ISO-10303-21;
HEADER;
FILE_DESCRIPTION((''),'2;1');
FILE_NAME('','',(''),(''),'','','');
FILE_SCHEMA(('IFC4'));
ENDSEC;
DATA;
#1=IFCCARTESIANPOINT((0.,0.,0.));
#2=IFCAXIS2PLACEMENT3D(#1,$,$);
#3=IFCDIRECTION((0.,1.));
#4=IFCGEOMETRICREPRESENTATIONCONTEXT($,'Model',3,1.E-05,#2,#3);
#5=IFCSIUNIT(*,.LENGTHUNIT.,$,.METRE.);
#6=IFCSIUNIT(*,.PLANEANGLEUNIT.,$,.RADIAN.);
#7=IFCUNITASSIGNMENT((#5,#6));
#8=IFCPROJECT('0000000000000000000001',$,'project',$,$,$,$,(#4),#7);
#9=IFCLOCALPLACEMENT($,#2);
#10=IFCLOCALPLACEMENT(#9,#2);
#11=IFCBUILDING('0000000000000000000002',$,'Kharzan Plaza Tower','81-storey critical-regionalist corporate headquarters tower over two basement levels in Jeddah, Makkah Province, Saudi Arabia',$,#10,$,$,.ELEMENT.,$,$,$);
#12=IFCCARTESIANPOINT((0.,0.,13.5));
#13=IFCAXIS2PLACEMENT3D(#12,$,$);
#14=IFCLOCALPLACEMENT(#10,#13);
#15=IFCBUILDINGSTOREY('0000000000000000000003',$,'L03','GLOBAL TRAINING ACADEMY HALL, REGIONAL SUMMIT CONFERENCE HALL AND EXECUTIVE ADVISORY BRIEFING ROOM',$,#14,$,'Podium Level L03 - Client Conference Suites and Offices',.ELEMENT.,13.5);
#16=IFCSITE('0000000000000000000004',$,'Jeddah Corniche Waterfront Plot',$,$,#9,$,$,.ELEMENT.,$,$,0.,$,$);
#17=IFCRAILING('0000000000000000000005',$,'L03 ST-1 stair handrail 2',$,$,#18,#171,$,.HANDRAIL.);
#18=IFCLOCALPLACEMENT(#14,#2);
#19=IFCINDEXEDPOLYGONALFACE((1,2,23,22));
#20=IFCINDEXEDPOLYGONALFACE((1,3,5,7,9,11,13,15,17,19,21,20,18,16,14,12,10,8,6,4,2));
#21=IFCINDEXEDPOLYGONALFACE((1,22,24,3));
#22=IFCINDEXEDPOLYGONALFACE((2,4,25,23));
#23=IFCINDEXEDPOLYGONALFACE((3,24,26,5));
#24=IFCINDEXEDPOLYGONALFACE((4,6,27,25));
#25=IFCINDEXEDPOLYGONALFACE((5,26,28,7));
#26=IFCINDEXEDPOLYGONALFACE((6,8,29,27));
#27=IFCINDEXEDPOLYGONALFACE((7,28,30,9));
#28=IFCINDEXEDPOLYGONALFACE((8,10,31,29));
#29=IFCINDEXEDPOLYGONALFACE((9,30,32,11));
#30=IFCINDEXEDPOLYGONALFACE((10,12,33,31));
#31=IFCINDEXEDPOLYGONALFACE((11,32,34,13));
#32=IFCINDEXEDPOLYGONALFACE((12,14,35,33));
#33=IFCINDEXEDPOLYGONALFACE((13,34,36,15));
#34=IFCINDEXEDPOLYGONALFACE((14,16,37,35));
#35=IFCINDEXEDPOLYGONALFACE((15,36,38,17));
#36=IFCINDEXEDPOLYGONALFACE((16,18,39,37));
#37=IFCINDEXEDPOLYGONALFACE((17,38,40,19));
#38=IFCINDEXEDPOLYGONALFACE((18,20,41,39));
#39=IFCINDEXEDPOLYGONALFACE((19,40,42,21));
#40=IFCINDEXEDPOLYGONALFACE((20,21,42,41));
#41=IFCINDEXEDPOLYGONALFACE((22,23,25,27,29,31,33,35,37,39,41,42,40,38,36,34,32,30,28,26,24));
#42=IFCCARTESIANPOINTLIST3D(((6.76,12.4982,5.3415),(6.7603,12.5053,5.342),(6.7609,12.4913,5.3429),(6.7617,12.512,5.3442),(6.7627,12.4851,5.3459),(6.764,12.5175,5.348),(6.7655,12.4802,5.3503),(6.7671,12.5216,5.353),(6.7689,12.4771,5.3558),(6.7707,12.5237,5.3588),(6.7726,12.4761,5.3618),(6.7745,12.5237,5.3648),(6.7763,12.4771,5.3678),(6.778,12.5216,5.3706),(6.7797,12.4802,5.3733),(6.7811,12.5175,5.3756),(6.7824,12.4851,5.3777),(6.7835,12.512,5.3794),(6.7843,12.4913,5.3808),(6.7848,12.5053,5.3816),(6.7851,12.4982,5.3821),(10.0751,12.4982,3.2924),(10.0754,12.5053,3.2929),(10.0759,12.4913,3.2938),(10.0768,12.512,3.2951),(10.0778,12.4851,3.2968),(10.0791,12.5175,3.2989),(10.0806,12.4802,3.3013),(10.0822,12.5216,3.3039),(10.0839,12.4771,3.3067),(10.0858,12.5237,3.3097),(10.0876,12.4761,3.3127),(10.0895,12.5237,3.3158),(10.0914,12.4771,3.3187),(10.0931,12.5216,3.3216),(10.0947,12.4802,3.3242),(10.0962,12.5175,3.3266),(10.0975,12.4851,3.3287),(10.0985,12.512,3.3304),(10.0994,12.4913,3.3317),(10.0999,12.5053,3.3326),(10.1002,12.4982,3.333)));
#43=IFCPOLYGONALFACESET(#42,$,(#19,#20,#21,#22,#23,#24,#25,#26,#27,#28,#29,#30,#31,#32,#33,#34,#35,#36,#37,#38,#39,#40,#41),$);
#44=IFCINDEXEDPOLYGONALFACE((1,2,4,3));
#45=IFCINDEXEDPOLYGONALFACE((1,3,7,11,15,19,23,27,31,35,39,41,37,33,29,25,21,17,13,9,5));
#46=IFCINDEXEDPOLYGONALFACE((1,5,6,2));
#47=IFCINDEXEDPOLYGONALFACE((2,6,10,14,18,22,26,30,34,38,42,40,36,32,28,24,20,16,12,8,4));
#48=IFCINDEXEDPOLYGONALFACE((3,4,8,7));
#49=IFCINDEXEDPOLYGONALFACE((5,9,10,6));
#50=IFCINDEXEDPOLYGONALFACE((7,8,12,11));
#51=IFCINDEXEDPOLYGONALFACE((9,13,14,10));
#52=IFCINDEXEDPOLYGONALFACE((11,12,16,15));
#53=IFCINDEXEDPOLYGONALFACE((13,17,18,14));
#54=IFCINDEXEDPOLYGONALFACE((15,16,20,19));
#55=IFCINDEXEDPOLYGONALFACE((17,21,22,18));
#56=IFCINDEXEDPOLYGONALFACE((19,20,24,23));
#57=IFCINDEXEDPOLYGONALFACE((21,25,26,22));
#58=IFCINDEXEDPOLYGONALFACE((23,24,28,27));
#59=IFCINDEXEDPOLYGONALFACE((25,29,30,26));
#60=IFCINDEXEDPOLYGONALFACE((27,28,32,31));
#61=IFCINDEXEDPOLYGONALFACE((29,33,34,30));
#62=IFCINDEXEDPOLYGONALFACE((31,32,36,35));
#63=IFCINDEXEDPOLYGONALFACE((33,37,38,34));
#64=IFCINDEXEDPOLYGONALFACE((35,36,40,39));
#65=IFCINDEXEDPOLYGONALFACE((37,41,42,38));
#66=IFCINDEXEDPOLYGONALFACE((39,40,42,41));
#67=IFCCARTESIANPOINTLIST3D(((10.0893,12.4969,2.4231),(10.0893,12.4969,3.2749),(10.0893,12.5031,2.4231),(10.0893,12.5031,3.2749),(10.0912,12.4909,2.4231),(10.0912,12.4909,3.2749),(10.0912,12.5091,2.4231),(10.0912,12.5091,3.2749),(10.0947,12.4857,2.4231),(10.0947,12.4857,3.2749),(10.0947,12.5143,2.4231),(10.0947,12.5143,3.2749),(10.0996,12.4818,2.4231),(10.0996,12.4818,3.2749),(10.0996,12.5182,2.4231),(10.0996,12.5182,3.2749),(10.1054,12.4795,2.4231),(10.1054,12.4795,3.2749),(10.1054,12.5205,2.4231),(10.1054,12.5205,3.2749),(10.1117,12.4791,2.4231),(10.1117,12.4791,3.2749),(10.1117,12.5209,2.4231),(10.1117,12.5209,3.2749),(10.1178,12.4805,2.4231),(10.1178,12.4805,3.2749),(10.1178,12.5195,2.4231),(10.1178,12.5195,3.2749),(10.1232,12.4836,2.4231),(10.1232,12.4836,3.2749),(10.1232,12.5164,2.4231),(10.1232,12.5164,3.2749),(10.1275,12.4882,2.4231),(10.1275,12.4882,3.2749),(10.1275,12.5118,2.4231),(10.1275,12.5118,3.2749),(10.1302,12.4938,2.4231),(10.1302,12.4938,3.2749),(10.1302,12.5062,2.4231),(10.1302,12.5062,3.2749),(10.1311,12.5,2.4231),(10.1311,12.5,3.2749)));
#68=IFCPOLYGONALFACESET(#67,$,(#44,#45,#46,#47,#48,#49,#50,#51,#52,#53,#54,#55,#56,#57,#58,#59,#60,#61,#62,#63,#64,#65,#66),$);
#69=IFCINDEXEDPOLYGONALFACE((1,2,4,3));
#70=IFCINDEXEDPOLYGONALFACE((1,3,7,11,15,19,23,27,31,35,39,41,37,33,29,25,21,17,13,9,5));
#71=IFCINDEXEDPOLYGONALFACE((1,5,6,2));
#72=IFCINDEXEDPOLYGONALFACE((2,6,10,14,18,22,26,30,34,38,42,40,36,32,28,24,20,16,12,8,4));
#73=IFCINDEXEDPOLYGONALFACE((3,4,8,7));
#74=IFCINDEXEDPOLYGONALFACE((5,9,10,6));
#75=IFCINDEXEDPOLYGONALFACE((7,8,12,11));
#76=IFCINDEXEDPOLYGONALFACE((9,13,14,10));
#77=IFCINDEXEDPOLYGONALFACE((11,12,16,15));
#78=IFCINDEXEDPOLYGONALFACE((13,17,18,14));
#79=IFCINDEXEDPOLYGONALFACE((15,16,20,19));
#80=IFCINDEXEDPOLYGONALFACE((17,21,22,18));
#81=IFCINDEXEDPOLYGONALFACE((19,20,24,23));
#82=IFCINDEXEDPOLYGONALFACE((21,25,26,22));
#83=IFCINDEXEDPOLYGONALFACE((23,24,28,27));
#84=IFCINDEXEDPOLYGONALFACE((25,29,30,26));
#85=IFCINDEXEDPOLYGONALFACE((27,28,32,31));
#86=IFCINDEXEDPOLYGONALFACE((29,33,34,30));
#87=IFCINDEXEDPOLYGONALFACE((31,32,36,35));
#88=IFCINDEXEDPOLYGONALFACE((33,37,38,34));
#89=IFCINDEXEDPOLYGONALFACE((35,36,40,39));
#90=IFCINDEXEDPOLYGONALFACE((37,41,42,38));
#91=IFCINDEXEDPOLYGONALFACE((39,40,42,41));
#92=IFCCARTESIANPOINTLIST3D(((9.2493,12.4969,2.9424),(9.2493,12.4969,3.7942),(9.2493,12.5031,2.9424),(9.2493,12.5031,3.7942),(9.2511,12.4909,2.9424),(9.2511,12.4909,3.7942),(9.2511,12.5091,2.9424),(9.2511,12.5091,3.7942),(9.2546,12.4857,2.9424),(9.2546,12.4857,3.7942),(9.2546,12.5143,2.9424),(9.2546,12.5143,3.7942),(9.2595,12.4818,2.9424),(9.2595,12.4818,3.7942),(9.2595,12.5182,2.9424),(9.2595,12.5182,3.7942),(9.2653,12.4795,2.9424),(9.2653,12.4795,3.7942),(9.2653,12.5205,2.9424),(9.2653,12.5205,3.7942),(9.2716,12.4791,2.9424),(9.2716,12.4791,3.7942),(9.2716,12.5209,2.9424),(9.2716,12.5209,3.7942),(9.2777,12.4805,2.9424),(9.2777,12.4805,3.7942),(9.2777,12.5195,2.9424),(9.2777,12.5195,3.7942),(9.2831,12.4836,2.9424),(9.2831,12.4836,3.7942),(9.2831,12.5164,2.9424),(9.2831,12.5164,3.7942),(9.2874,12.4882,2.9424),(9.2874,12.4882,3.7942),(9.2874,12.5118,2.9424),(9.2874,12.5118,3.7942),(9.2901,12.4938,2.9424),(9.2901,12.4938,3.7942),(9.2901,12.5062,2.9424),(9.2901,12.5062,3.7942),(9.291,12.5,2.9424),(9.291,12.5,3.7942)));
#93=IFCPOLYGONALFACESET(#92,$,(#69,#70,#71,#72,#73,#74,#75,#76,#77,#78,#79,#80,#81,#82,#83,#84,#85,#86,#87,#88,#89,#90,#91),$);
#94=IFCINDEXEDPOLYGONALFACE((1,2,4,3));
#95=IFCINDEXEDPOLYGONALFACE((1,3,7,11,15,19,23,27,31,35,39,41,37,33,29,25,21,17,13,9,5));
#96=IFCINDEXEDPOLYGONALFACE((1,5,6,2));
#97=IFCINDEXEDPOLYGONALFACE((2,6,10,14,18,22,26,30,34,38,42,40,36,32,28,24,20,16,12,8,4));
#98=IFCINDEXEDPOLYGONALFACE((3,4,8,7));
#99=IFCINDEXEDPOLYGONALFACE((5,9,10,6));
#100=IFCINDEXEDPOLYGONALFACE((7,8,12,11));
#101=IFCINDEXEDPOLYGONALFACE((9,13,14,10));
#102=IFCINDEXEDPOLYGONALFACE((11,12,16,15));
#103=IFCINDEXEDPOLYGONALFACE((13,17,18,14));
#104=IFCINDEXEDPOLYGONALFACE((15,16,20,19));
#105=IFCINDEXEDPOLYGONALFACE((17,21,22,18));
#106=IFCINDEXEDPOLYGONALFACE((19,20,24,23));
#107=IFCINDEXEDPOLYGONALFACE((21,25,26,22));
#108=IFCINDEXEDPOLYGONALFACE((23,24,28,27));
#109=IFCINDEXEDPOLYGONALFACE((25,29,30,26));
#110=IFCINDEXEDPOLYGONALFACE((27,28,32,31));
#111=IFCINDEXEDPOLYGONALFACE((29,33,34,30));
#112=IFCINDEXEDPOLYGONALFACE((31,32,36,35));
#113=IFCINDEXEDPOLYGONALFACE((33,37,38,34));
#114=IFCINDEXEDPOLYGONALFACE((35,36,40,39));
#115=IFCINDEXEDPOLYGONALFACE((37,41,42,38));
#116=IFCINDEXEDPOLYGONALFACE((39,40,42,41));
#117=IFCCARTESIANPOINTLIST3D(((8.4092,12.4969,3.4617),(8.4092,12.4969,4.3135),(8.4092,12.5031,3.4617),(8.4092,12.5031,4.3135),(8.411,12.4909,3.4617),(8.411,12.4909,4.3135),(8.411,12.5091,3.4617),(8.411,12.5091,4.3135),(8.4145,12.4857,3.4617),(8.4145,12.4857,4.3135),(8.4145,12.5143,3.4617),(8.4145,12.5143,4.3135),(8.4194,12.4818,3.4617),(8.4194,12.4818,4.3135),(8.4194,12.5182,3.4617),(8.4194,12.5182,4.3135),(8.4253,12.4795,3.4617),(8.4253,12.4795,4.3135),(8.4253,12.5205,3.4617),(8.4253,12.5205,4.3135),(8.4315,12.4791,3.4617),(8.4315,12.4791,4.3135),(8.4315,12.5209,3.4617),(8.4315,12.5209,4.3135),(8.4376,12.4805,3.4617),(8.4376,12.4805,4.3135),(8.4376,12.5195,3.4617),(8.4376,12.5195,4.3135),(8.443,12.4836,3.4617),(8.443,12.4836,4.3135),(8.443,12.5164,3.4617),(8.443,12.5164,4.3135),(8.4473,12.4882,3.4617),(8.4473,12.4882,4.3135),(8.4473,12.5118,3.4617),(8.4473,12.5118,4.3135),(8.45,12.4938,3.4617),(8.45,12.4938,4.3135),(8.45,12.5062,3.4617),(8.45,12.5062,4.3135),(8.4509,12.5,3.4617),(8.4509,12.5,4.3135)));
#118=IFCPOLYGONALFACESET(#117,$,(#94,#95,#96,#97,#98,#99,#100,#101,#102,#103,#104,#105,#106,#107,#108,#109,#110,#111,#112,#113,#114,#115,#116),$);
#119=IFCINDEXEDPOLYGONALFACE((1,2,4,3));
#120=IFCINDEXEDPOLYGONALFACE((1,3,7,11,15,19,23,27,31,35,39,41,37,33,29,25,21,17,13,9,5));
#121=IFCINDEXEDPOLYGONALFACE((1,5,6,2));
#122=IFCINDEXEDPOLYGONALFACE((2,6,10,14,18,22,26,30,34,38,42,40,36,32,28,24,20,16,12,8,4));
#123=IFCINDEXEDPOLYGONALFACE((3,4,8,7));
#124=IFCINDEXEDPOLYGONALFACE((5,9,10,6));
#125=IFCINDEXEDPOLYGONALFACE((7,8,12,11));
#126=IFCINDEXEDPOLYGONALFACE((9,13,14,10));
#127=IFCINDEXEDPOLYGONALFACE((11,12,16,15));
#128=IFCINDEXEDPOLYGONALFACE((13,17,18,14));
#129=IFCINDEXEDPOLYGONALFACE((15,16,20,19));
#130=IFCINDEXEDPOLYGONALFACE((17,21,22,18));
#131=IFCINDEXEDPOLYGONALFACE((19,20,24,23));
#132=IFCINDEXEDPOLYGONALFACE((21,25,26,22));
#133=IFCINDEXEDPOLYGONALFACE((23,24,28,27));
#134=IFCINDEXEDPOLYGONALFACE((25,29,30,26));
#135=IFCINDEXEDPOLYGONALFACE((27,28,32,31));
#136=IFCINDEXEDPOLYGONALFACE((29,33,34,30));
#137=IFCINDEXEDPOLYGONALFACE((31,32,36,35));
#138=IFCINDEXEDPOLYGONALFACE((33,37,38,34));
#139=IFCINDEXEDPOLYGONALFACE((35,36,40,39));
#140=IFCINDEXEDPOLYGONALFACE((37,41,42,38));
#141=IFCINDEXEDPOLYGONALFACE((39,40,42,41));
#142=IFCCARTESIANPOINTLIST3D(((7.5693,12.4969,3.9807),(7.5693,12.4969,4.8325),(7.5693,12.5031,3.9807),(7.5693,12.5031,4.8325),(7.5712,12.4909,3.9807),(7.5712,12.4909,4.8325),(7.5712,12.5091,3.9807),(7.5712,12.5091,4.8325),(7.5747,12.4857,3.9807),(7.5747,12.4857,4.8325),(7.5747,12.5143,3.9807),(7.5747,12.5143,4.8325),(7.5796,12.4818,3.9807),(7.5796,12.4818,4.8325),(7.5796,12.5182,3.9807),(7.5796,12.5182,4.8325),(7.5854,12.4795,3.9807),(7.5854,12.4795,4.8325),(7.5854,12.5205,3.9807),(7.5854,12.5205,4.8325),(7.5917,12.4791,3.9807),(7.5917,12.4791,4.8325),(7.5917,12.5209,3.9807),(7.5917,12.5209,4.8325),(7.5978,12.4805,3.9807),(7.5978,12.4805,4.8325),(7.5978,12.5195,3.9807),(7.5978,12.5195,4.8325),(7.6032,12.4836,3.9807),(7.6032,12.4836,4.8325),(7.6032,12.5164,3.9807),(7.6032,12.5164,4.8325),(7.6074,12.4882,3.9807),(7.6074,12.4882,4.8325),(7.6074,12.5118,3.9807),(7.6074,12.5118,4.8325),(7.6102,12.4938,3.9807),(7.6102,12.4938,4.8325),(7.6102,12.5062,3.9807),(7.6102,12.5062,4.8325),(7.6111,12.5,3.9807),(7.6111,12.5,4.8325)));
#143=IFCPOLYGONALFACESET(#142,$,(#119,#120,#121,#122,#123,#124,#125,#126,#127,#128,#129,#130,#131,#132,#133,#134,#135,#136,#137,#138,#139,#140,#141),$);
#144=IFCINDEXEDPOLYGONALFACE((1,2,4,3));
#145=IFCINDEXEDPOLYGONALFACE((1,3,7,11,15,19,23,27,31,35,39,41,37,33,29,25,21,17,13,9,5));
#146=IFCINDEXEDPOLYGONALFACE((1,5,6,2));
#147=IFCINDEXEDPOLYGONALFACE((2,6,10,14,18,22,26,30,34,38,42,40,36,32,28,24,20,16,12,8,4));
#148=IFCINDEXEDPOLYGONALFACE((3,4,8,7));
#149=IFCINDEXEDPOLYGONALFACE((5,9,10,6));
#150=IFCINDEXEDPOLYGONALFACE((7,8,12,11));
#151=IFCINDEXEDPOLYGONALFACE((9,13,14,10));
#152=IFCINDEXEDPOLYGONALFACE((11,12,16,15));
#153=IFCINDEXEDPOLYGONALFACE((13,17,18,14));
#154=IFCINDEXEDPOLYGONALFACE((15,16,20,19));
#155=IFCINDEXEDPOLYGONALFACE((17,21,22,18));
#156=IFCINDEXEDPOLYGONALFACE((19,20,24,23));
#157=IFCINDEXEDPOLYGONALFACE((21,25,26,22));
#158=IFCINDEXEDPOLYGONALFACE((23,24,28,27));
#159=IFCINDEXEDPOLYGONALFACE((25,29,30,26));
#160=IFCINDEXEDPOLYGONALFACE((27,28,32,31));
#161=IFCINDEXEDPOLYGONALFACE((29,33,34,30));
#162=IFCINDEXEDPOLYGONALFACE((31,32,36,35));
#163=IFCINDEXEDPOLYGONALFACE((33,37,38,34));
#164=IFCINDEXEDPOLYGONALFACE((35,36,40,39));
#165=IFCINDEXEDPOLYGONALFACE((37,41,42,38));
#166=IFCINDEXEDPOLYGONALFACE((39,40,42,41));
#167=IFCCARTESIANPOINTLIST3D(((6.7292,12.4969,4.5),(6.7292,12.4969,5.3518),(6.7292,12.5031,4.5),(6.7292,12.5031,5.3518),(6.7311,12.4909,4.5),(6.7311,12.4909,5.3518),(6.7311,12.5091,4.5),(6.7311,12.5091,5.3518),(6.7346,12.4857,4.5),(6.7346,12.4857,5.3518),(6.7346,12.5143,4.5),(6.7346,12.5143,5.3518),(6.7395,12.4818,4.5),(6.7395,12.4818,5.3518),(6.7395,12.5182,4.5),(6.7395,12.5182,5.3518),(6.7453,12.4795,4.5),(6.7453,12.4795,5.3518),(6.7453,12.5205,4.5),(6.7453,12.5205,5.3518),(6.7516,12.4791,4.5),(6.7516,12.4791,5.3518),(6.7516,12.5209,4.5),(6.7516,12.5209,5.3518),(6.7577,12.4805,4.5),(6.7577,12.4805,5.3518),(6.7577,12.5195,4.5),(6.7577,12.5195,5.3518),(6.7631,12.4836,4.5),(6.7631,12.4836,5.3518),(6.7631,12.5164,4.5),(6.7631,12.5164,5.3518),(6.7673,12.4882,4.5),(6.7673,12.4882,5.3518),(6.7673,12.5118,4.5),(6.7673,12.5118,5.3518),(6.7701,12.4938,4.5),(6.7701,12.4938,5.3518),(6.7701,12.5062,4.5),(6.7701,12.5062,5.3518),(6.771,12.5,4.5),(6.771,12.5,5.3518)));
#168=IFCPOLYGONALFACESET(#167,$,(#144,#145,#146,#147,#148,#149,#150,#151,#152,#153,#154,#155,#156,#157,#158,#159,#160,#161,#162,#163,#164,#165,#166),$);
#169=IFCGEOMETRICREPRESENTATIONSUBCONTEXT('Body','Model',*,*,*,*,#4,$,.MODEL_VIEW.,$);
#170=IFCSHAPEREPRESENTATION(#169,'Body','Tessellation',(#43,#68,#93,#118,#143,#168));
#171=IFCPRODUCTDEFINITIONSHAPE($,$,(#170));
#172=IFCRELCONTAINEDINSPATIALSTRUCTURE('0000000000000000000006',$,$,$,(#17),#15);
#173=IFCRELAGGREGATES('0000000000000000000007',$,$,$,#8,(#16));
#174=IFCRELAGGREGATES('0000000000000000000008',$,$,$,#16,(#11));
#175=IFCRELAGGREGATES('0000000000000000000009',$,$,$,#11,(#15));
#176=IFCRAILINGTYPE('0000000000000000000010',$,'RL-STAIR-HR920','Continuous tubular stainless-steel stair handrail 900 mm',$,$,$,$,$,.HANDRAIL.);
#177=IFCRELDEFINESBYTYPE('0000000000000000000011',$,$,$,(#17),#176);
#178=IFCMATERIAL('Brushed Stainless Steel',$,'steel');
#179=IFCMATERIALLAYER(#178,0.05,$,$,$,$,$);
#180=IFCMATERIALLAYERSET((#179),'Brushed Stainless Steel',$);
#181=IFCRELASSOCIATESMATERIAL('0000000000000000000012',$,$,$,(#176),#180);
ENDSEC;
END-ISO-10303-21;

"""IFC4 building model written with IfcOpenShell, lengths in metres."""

from ifc_helpers import new_model, si_unit, direction, frame, origin, origin_2d, place, context, subcontext, project, spatial, circle, extrude, source, transform, mapped, material, layer, layer_set, type_object, element, save


model = new_model("IFC4")

# Units and contexts
model_context = context("Model", 3, precision=1e-05, world=origin(), true_north=direction((0.0, 1.0)))
body_context = subcontext(model_context, "Body", "Model", "MODEL_VIEW")
ifc_project = project(units=[si_unit("LENGTHUNIT", "METRE"), si_unit("PLANEANGLEUNIT", "RADIAN")], contexts=[model_context])

# Site, building, storey
site_placement = place(None, origin())
site = spatial("IfcSite", under=ifc_project, at=site_placement, Name="Jeddah Corniche Waterfront Plot", CompositionType="ELEMENT", RefElevation=0.0)
building_placement = place(site_placement, origin())
building = spatial("IfcBuilding", under=site, at=building_placement, Name="Kharzan Plaza Tower", Description="81-storey critical-regionalist corporate headquarters tower over two basement levels in Jeddah, Makkah Province, Saudi Arabia", CompositionType="ELEMENT")
storey_placement = place(building_placement, frame((0.0, 0.0, 13.5)))
storey = spatial("IfcBuildingStorey", under=building, at=storey_placement, Name="L03", Description="GLOBAL TRAINING ACADEMY HALL, REGIONAL SUMMIT CONFERENCE HALL AND EXECUTIVE ADVISORY BRIEFING ROOM", LongName="Podium Level L03 - Client Conference Suites and Offices", CompositionType="ELEMENT", Elevation=13.5)

# Shared definitions
ifc_material_1 = material(Name="Brushed Stainless Steel", Category="steel")

# Railing
ifc_layer_1 = layer(ifc_material_1, 0.05)
ifc_layer_set_1 = layer_set([ifc_layer_1], Name="Brushed Stainless Steel")
railing_type_1 = type_object("IfcRailingType", Name="RL-STAIR-HR920", Description="Continuous tubular stainless-steel stair handrail 900 mm", PredefinedType="HANDRAIL", material=ifc_layer_set_1)
shared_shape_1 = source(origin(), body_context, "Body", "SweptSolid", [
    extrude(circle(Radius=0.0239, at=origin_2d()), frame((-0.0225, 0.0, 0.8896), z_axis=(-0.850623, 0.0, 0.525776), x_axis=(0.0, -1.0, 0.0)), (0.0, 0.0, 1.0), 3.8972),
    extrude(circle(Radius=0.021, at=origin_2d()), origin(), (0.0, 0.0, 1.0), 0.8518),
    extrude(circle(Radius=0.021, at=origin_2d()), frame((-0.8401, 0.0, 0.5193)), (0.0, 0.0, 1.0), 0.8518),
    extrude(circle(Radius=0.021, at=origin_2d()), frame((-1.6802, 0.0, 1.0386)), (0.0, 0.0, 1.0), 0.8518),
    extrude(circle(Radius=0.021, at=origin_2d()), frame((-2.52, 0.0, 1.5576)), (0.0, 0.0, 1.0), 0.8518),
    extrude(circle(Radius=0.021, at=origin_2d()), frame((-3.3601, 0.0, 2.0769)), (0.0, 0.0, 1.0), 0.8518),
])
railing_1_placement = place(storey_placement, frame((10.1101, 12.5, 2.4231)))
element("IfcRailing", 1, at=railing_1_placement, inside=storey, type_object=railing_type_1, Name="L03 ST-1 stair handrail 2", PredefinedType="HANDRAIL", context=body_context, shape_type="MappedRepresentation", body=[
    mapped(shared_shape_1, transform((0.0, 0.0, 0.0), x_axis=(1.0, 0.0, 0.0), y_axis=(0.0, 1.0, 0.0), z_axis=(0.0, 0.0, 1.0))),
])

save(model, "model.ifc")
